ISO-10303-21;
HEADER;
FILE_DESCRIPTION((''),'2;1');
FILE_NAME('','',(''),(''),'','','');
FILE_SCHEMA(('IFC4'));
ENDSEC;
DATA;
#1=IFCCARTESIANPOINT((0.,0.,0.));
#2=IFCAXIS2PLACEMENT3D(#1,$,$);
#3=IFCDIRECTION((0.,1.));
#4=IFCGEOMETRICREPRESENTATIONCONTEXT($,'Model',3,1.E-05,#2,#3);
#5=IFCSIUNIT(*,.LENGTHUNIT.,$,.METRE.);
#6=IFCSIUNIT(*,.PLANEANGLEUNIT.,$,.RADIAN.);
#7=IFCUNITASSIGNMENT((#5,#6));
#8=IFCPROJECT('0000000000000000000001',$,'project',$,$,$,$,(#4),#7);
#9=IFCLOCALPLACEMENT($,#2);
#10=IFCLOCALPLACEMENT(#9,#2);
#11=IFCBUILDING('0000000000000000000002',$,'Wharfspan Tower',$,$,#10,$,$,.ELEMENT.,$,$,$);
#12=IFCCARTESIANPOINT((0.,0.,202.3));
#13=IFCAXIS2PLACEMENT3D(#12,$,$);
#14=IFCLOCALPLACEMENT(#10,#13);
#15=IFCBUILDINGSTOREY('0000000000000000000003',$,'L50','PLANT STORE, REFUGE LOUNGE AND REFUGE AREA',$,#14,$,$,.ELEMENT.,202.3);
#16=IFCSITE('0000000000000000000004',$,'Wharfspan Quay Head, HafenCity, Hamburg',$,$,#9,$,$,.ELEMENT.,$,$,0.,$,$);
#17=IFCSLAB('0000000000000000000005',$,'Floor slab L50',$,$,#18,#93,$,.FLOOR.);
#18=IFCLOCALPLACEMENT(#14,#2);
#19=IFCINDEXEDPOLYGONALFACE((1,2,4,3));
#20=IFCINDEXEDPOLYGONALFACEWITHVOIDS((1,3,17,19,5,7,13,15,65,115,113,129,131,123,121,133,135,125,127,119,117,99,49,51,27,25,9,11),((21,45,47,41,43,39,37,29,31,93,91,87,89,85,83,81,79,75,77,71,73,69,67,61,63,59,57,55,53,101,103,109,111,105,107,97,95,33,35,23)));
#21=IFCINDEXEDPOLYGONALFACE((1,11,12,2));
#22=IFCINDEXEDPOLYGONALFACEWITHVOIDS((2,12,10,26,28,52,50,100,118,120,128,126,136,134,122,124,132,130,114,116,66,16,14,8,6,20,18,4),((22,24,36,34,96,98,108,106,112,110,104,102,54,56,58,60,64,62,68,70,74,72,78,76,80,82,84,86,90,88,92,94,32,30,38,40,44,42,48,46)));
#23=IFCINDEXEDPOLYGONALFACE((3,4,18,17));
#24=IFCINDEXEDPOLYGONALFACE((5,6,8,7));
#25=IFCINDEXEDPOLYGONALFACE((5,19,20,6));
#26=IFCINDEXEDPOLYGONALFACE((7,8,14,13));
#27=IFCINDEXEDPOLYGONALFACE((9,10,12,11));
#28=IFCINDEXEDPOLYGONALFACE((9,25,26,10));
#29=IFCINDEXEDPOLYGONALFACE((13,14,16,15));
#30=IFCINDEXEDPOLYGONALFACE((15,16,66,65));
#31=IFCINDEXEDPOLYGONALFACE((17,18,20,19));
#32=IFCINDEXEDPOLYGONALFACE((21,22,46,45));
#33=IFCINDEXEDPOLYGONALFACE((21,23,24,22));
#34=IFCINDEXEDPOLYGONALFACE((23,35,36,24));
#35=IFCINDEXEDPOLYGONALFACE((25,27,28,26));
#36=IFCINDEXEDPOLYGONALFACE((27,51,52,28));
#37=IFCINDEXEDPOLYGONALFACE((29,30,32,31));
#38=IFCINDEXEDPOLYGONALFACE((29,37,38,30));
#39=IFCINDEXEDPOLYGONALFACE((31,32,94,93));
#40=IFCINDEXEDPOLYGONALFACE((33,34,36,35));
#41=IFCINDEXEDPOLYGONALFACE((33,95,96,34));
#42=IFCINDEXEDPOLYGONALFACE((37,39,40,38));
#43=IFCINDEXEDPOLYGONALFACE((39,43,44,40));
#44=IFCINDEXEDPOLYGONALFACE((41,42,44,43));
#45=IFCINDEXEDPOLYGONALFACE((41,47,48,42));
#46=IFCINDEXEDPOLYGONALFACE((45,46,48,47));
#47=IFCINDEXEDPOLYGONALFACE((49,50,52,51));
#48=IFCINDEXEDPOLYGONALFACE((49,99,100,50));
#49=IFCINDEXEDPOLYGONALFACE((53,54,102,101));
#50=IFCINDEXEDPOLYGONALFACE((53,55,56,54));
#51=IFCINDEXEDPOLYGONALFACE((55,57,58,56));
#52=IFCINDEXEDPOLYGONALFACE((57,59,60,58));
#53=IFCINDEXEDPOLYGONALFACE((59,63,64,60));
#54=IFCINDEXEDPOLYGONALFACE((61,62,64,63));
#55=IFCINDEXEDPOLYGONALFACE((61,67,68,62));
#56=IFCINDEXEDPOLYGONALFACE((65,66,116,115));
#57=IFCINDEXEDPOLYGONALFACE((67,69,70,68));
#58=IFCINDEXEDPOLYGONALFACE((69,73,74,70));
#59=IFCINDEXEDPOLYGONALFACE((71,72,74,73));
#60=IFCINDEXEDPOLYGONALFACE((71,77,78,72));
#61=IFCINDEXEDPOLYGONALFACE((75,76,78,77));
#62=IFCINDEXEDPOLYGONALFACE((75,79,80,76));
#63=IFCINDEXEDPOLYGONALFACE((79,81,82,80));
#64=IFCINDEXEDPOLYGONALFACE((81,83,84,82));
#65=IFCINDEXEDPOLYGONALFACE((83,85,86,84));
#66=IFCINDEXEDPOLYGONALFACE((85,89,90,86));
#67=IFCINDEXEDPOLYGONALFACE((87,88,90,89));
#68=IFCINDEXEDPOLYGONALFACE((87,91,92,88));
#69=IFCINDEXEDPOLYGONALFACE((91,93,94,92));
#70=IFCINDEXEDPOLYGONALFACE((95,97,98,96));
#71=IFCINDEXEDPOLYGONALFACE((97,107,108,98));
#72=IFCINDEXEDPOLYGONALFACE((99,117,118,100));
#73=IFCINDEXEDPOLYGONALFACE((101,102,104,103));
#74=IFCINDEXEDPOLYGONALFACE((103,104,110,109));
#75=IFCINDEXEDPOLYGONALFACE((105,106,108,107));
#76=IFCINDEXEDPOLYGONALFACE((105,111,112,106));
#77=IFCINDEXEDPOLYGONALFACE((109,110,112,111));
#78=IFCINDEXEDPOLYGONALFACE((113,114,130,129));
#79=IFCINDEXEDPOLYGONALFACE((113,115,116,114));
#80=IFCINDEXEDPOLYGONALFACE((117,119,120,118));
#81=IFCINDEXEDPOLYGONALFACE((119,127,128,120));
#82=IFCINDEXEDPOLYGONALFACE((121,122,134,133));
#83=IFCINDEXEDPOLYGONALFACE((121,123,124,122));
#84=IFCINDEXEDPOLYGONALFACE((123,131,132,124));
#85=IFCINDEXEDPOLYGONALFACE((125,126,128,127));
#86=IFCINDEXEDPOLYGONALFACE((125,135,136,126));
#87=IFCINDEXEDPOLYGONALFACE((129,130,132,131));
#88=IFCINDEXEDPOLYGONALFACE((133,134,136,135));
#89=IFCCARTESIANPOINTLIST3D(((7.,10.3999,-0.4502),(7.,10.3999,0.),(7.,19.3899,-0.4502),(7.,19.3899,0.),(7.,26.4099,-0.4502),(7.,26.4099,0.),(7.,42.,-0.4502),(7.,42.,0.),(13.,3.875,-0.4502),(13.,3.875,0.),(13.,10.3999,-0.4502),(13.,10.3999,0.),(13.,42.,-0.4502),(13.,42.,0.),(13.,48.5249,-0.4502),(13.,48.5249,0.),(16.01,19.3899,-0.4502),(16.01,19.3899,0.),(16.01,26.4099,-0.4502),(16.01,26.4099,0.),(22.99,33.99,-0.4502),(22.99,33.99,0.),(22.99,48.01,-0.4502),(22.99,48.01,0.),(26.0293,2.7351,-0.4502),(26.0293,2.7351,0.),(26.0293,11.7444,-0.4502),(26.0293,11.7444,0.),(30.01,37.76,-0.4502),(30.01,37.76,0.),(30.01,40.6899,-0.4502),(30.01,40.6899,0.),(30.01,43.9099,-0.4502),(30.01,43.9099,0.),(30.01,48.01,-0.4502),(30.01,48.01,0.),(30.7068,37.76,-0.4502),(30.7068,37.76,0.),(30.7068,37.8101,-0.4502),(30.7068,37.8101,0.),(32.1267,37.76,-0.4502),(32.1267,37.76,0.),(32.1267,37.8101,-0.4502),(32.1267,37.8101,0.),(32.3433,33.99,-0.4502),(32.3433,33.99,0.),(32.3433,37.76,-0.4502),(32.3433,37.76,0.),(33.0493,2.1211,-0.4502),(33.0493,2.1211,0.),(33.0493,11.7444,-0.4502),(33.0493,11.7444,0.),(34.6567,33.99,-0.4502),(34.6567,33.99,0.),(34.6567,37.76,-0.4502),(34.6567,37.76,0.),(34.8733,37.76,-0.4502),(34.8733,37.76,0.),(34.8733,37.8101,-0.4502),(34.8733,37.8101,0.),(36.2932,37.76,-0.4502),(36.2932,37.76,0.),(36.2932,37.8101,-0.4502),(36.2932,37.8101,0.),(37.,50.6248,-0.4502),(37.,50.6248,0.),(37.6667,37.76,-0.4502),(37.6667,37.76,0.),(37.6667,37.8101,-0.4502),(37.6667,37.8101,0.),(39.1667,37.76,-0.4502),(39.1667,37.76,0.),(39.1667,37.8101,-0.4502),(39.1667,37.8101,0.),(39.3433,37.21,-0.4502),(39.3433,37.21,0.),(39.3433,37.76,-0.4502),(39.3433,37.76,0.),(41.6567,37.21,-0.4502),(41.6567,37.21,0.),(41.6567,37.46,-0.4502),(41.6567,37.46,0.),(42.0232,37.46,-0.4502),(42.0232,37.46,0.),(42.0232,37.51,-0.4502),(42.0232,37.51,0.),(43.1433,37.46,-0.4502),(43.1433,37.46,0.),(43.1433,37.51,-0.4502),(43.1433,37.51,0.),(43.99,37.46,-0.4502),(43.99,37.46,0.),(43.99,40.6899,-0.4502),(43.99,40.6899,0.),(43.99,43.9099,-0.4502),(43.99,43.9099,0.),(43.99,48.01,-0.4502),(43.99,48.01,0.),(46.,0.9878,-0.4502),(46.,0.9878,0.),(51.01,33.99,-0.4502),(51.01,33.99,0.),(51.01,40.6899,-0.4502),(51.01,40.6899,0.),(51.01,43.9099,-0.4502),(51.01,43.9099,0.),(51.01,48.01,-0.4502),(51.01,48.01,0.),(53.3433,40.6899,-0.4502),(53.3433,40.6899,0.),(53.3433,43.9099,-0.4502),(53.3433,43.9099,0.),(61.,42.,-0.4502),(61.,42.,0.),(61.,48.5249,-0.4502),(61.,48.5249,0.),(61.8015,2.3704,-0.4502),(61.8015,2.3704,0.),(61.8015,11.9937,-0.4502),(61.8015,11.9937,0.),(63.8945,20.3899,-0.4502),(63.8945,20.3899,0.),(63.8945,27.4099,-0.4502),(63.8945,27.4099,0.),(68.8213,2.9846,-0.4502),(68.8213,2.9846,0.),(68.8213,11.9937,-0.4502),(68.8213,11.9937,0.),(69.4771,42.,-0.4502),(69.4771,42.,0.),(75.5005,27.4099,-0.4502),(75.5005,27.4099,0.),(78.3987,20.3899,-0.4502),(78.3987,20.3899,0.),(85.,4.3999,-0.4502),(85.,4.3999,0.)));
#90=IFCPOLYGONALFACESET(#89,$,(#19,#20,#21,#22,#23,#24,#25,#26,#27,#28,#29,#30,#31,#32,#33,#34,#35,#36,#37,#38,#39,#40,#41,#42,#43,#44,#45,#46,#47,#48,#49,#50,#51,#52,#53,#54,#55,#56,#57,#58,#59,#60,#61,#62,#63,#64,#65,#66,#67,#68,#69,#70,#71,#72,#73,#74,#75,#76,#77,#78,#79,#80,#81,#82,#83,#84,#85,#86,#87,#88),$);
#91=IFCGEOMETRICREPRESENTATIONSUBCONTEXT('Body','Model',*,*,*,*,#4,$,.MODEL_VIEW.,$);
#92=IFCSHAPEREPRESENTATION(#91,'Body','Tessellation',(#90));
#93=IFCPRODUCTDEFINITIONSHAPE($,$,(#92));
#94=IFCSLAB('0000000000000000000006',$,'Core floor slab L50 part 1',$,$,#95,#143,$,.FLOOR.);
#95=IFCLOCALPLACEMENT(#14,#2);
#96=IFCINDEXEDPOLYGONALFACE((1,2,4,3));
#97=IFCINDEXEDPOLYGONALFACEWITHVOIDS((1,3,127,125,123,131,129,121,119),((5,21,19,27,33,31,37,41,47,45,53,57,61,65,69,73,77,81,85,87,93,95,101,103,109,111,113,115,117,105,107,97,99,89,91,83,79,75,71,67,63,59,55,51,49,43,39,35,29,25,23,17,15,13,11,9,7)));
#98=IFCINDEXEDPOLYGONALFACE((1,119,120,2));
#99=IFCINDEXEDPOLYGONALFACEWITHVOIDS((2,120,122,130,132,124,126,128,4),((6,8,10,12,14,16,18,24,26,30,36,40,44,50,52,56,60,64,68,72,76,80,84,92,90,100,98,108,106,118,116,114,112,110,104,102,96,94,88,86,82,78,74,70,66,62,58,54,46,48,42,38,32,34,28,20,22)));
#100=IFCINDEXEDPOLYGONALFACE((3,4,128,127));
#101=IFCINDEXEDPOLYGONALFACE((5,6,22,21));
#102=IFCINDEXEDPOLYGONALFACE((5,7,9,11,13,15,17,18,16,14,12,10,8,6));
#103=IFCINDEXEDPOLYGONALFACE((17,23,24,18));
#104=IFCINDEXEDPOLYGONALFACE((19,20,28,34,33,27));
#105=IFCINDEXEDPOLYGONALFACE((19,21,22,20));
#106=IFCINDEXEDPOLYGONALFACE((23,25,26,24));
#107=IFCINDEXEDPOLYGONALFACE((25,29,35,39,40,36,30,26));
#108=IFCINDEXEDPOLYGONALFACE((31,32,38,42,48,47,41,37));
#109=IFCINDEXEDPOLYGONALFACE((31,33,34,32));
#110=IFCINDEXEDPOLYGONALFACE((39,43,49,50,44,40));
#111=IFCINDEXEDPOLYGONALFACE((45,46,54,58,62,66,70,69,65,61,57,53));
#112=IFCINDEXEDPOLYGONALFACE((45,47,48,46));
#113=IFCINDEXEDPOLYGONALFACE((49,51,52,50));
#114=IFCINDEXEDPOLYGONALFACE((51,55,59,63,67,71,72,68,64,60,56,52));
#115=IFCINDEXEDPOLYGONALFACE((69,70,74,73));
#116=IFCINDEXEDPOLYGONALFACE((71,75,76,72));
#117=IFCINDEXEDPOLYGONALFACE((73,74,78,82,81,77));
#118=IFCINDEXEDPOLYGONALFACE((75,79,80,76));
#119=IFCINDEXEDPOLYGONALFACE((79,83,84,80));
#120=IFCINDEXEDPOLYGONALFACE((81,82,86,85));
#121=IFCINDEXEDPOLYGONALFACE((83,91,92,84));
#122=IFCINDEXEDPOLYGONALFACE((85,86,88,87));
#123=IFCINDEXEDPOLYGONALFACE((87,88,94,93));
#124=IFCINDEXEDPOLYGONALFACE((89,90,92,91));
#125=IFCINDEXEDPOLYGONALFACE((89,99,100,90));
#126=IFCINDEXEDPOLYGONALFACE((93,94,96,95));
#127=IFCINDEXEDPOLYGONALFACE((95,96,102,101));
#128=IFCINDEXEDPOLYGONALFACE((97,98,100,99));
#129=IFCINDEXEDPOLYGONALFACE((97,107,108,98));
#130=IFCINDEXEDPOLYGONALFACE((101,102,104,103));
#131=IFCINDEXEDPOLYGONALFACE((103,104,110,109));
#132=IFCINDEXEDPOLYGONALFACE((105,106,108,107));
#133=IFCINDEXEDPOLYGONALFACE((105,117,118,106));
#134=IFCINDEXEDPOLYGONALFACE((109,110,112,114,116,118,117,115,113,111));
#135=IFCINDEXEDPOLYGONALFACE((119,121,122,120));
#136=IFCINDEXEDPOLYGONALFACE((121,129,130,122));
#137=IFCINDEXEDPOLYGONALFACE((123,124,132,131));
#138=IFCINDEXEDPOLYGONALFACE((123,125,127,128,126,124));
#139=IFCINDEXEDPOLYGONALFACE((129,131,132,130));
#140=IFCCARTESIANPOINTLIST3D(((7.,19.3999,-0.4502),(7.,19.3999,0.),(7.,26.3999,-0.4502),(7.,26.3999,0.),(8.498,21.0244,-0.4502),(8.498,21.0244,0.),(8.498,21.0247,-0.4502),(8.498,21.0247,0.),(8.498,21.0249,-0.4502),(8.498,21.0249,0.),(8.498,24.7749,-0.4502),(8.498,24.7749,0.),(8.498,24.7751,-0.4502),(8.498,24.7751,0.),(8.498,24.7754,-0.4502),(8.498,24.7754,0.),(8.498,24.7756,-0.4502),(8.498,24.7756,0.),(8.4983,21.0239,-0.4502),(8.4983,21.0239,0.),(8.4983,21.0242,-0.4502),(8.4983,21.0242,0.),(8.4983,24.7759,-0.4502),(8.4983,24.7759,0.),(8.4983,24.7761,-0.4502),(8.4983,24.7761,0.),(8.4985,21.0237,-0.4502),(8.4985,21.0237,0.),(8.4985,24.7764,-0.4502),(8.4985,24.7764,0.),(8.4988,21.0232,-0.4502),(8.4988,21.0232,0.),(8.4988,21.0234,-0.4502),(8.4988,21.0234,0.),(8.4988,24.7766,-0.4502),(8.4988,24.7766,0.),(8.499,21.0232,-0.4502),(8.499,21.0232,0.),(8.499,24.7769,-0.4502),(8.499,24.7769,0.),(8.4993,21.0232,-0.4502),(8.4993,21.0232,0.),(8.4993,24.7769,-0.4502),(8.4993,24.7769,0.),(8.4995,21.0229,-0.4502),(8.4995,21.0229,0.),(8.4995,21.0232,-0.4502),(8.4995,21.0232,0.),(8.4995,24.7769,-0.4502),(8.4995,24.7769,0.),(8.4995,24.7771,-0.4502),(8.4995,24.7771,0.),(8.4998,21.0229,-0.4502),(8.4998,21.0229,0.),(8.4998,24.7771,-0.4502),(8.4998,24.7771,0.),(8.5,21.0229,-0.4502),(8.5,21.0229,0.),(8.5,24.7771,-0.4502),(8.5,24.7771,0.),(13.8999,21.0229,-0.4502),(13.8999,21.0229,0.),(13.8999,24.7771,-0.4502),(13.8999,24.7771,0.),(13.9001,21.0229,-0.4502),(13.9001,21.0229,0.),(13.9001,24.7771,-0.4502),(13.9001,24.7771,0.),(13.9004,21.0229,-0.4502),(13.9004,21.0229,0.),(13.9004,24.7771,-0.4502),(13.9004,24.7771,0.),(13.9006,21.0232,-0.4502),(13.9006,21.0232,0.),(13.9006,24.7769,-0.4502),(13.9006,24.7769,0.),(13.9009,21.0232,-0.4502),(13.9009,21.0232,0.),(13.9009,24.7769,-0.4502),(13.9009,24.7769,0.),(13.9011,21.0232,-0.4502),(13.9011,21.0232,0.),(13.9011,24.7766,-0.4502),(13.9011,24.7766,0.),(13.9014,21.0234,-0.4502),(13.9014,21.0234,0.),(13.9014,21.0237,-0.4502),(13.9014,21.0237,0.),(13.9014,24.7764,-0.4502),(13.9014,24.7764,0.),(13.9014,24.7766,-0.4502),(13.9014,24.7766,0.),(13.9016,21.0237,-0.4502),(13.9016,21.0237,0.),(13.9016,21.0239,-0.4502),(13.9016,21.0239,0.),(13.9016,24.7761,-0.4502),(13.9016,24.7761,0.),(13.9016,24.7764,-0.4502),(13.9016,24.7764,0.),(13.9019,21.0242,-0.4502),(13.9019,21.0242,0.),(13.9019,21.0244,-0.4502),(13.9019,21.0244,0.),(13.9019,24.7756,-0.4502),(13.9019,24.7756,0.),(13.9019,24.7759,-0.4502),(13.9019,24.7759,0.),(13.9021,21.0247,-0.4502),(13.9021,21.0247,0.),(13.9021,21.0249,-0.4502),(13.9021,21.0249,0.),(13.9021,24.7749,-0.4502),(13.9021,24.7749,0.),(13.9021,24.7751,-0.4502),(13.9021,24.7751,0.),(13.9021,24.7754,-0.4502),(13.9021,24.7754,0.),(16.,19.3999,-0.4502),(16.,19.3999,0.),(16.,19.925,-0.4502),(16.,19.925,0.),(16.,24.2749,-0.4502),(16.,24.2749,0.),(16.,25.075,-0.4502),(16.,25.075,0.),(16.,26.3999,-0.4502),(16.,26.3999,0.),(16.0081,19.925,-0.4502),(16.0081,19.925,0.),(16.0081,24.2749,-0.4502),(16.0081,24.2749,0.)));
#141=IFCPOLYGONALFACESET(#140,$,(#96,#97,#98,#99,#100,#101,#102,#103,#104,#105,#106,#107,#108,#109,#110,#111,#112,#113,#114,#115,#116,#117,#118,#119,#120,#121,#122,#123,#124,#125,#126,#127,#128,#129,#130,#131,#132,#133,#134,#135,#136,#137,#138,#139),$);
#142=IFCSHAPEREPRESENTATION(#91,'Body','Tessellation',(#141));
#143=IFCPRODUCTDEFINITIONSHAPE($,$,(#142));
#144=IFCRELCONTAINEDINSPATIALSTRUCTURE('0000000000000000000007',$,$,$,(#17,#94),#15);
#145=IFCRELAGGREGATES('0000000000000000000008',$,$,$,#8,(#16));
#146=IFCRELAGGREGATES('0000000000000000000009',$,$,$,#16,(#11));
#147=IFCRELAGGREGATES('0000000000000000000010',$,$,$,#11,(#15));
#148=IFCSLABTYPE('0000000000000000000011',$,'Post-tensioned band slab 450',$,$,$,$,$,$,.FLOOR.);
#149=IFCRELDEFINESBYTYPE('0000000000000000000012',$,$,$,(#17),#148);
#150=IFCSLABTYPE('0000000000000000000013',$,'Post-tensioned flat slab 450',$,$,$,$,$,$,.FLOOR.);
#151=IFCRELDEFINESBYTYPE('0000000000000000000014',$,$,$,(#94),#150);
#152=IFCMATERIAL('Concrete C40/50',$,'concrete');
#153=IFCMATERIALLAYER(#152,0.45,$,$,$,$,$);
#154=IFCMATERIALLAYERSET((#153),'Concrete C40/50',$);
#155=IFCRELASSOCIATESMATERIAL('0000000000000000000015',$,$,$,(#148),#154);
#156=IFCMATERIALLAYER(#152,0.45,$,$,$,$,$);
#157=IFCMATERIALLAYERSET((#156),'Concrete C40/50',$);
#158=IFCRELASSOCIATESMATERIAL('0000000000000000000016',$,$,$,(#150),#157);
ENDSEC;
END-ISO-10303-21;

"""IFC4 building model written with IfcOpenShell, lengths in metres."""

from ifc_helpers import new_model, si_unit, direction, frame, origin, place, context, subcontext, project, spatial, polyline, outline, extrude, material, layer, layer_set, type_object, element, save


model = new_model("IFC4")

# Units and contexts
model_context = context("Model", 3, precision=1e-05, world=origin(), true_north=direction((0.0, 1.0)))
body_context = subcontext(model_context, "Body", "Model", "MODEL_VIEW")
ifc_project = project(units=[si_unit("LENGTHUNIT", "METRE"), si_unit("PLANEANGLEUNIT", "RADIAN")], contexts=[model_context])

# Site, building, storey
site_placement = place(None, origin())
site = spatial("IfcSite", under=ifc_project, at=site_placement, Name="Wharfspan Quay Head, HafenCity, Hamburg", CompositionType="ELEMENT", RefElevation=0.0)
building_placement = place(site_placement, origin())
building = spatial("IfcBuilding", under=site, at=building_placement, Name="Wharfspan Tower", CompositionType="ELEMENT")
storey_placement = place(building_placement, frame((0.0, 0.0, 202.3)))
storey = spatial("IfcBuildingStorey", under=building, at=storey_placement, Name="L50", Description="PLANT STORE, REFUGE LOUNGE AND REFUGE AREA", CompositionType="ELEMENT", Elevation=202.3)

# Slabs
ifc_material_1 = material(Name="Concrete C40/50", Category="concrete")
ifc_layer_1 = layer(ifc_material_1, 0.45)
ifc_layer_set_1 = layer_set([ifc_layer_1], Name="Concrete C40/50")
slab_type_1 = type_object("IfcSlabType", Name="Post-tensioned band slab 450", PredefinedType="FLOOR", material=ifc_layer_set_1)
slab_1_placement = place(storey_placement, frame((0.0, 0.0, -0.4502)))
element("IfcSlab", 1, at=slab_1_placement, inside=storey, type_object=slab_type_1, Name="Floor slab L50", PredefinedType="FLOOR", context=body_context, shape_type="SweptSolid", body=[
    extrude(outline(polyline([(26.0293, 2.7351), (26.0293, 11.7444), (33.0493, 11.7444), (33.0493, 2.1211), (46.0, 0.9878), (61.8015, 2.3704), (61.8015, 11.9937), (68.8213, 11.9937), (68.8213, 2.9846), (85.0, 4.3999), (78.3987, 20.3899), (63.8945, 20.3899), (63.8945, 27.4099), (75.5005, 27.4099), (69.4771, 42.0), (61.0, 42.0), (61.0, 48.5249), (37.0, 50.6248), (13.0, 48.5249), (13.0, 42.0), (7.0, 42.0), (7.0, 26.4099), (16.01, 26.4099), (16.01, 19.3899), (7.0, 19.3899), (7.0, 10.3999), (13.0, 10.3999), (13.0, 3.875), (26.0293, 2.7351)]), holes=[polyline([(32.1267, 37.76), (32.3433, 37.76), (32.3433, 33.99), (22.99, 33.99), (22.99, 48.01), (30.01, 48.01), (30.01, 43.9099), (43.99, 43.9099), (43.99, 48.01), (51.01, 48.01), (51.01, 43.9099), (53.3433, 43.9099), (53.3433, 40.6899), (51.01, 40.6899), (51.01, 33.99), (34.6567, 33.99), (34.6567, 37.76), (34.8733, 37.76), (34.8733, 37.8101), (36.2932, 37.8101), (36.2932, 37.76), (37.6667, 37.76), (37.6667, 37.8101), (39.1667, 37.8101), (39.1667, 37.76), (39.3433, 37.76), (39.3433, 37.21), (41.6567, 37.21), (41.6567, 37.46), (42.0232, 37.46), (42.0232, 37.51), (43.1433, 37.51), (43.1433, 37.46), (43.99, 37.46), (43.99, 40.6899), (30.01, 40.6899), (30.01, 37.76), (30.7068, 37.76), (30.7068, 37.8101), (32.1267, 37.8101), (32.1267, 37.76)])]), origin(), (0.0, 0.0, 1.0), 0.4502),
])
ifc_layer_2 = layer(ifc_material_1, 0.45)
ifc_layer_set_2 = layer_set([ifc_layer_2], Name="Concrete C40/50")
slab_type_2 = type_object("IfcSlabType", Name="Post-tensioned flat slab 450", PredefinedType="FLOOR", material=ifc_layer_set_2)
slab_2_placement = place(storey_placement, frame((0.0, 0.0, -0.4502)))
element("IfcSlab", 2, at=slab_2_placement, inside=storey, type_object=slab_type_2, Name="Core floor slab L50 part 1", PredefinedType="FLOOR", context=body_context, shape_type="SweptSolid", body=[
    extrude(outline(polyline([(16.0081, 19.925), (16.0081, 24.2749), (16.0, 24.2749), (16.0, 25.075), (16.0, 26.3999), (7.0, 26.3999), (7.0, 19.3999), (16.0, 19.3999), (16.0, 19.925), (16.0081, 19.925)]), holes=[polyline([(13.8999, 24.7771), (13.9001, 24.7771), (13.9004, 24.7771), (13.9006, 24.7769), (13.9009, 24.7769), (13.9009, 24.7769), (13.9011, 24.7766), (13.9014, 24.7766), (13.9014, 24.7764), (13.9016, 24.7764), (13.9016, 24.7761), (13.9019, 24.7759), (13.9019, 24.7759), (13.9019, 24.7756), (13.9021, 24.7754), (13.9021, 24.7751), (13.9021, 24.7749), (13.9021, 21.0249), (13.9021, 21.0249), (13.9021, 21.0247), (13.9019, 21.0244), (13.9019, 21.0242), (13.9019, 21.0242), (13.9016, 21.0239), (13.9016, 21.0237), (13.9014, 21.0237), (13.9014, 21.0234), (13.9011, 21.0232), (13.9009, 21.0232), (13.9009, 21.0232), (13.9006, 21.0232), (13.9004, 21.0229), (13.9001, 21.0229), (13.8999, 21.0229), (8.5, 21.0229), (8.4998, 21.0229), (8.4995, 21.0229), (8.4995, 21.0232), (8.4993, 21.0232), (8.499, 21.0232), (8.4988, 21.0232), (8.4988, 21.0234), (8.4985, 21.0237), (8.4985, 21.0237), (8.4983, 21.0239), (8.4983, 21.0242), (8.4983, 21.0242), (8.498, 21.0244), (8.498, 21.0247), (8.498, 21.0249), (8.498, 21.0249), (8.498, 24.7749), (8.498, 24.7751), (8.498, 24.7754), (8.498, 24.7756), (8.4983, 24.7759), (8.4983, 24.7759), (8.4983, 24.7761), (8.4985, 24.7764), (8.4985, 24.7764), (8.4988, 24.7766), (8.4988, 24.7766), (8.499, 24.7769), (8.4993, 24.7769), (8.4995, 24.7769), (8.4995, 24.7771), (8.4998, 24.7771), (8.5, 24.7771), (13.8999, 24.7771)])]), origin(), (0.0, 0.0, 1.0), 0.4502),
])

save(model, "model.ifc")
